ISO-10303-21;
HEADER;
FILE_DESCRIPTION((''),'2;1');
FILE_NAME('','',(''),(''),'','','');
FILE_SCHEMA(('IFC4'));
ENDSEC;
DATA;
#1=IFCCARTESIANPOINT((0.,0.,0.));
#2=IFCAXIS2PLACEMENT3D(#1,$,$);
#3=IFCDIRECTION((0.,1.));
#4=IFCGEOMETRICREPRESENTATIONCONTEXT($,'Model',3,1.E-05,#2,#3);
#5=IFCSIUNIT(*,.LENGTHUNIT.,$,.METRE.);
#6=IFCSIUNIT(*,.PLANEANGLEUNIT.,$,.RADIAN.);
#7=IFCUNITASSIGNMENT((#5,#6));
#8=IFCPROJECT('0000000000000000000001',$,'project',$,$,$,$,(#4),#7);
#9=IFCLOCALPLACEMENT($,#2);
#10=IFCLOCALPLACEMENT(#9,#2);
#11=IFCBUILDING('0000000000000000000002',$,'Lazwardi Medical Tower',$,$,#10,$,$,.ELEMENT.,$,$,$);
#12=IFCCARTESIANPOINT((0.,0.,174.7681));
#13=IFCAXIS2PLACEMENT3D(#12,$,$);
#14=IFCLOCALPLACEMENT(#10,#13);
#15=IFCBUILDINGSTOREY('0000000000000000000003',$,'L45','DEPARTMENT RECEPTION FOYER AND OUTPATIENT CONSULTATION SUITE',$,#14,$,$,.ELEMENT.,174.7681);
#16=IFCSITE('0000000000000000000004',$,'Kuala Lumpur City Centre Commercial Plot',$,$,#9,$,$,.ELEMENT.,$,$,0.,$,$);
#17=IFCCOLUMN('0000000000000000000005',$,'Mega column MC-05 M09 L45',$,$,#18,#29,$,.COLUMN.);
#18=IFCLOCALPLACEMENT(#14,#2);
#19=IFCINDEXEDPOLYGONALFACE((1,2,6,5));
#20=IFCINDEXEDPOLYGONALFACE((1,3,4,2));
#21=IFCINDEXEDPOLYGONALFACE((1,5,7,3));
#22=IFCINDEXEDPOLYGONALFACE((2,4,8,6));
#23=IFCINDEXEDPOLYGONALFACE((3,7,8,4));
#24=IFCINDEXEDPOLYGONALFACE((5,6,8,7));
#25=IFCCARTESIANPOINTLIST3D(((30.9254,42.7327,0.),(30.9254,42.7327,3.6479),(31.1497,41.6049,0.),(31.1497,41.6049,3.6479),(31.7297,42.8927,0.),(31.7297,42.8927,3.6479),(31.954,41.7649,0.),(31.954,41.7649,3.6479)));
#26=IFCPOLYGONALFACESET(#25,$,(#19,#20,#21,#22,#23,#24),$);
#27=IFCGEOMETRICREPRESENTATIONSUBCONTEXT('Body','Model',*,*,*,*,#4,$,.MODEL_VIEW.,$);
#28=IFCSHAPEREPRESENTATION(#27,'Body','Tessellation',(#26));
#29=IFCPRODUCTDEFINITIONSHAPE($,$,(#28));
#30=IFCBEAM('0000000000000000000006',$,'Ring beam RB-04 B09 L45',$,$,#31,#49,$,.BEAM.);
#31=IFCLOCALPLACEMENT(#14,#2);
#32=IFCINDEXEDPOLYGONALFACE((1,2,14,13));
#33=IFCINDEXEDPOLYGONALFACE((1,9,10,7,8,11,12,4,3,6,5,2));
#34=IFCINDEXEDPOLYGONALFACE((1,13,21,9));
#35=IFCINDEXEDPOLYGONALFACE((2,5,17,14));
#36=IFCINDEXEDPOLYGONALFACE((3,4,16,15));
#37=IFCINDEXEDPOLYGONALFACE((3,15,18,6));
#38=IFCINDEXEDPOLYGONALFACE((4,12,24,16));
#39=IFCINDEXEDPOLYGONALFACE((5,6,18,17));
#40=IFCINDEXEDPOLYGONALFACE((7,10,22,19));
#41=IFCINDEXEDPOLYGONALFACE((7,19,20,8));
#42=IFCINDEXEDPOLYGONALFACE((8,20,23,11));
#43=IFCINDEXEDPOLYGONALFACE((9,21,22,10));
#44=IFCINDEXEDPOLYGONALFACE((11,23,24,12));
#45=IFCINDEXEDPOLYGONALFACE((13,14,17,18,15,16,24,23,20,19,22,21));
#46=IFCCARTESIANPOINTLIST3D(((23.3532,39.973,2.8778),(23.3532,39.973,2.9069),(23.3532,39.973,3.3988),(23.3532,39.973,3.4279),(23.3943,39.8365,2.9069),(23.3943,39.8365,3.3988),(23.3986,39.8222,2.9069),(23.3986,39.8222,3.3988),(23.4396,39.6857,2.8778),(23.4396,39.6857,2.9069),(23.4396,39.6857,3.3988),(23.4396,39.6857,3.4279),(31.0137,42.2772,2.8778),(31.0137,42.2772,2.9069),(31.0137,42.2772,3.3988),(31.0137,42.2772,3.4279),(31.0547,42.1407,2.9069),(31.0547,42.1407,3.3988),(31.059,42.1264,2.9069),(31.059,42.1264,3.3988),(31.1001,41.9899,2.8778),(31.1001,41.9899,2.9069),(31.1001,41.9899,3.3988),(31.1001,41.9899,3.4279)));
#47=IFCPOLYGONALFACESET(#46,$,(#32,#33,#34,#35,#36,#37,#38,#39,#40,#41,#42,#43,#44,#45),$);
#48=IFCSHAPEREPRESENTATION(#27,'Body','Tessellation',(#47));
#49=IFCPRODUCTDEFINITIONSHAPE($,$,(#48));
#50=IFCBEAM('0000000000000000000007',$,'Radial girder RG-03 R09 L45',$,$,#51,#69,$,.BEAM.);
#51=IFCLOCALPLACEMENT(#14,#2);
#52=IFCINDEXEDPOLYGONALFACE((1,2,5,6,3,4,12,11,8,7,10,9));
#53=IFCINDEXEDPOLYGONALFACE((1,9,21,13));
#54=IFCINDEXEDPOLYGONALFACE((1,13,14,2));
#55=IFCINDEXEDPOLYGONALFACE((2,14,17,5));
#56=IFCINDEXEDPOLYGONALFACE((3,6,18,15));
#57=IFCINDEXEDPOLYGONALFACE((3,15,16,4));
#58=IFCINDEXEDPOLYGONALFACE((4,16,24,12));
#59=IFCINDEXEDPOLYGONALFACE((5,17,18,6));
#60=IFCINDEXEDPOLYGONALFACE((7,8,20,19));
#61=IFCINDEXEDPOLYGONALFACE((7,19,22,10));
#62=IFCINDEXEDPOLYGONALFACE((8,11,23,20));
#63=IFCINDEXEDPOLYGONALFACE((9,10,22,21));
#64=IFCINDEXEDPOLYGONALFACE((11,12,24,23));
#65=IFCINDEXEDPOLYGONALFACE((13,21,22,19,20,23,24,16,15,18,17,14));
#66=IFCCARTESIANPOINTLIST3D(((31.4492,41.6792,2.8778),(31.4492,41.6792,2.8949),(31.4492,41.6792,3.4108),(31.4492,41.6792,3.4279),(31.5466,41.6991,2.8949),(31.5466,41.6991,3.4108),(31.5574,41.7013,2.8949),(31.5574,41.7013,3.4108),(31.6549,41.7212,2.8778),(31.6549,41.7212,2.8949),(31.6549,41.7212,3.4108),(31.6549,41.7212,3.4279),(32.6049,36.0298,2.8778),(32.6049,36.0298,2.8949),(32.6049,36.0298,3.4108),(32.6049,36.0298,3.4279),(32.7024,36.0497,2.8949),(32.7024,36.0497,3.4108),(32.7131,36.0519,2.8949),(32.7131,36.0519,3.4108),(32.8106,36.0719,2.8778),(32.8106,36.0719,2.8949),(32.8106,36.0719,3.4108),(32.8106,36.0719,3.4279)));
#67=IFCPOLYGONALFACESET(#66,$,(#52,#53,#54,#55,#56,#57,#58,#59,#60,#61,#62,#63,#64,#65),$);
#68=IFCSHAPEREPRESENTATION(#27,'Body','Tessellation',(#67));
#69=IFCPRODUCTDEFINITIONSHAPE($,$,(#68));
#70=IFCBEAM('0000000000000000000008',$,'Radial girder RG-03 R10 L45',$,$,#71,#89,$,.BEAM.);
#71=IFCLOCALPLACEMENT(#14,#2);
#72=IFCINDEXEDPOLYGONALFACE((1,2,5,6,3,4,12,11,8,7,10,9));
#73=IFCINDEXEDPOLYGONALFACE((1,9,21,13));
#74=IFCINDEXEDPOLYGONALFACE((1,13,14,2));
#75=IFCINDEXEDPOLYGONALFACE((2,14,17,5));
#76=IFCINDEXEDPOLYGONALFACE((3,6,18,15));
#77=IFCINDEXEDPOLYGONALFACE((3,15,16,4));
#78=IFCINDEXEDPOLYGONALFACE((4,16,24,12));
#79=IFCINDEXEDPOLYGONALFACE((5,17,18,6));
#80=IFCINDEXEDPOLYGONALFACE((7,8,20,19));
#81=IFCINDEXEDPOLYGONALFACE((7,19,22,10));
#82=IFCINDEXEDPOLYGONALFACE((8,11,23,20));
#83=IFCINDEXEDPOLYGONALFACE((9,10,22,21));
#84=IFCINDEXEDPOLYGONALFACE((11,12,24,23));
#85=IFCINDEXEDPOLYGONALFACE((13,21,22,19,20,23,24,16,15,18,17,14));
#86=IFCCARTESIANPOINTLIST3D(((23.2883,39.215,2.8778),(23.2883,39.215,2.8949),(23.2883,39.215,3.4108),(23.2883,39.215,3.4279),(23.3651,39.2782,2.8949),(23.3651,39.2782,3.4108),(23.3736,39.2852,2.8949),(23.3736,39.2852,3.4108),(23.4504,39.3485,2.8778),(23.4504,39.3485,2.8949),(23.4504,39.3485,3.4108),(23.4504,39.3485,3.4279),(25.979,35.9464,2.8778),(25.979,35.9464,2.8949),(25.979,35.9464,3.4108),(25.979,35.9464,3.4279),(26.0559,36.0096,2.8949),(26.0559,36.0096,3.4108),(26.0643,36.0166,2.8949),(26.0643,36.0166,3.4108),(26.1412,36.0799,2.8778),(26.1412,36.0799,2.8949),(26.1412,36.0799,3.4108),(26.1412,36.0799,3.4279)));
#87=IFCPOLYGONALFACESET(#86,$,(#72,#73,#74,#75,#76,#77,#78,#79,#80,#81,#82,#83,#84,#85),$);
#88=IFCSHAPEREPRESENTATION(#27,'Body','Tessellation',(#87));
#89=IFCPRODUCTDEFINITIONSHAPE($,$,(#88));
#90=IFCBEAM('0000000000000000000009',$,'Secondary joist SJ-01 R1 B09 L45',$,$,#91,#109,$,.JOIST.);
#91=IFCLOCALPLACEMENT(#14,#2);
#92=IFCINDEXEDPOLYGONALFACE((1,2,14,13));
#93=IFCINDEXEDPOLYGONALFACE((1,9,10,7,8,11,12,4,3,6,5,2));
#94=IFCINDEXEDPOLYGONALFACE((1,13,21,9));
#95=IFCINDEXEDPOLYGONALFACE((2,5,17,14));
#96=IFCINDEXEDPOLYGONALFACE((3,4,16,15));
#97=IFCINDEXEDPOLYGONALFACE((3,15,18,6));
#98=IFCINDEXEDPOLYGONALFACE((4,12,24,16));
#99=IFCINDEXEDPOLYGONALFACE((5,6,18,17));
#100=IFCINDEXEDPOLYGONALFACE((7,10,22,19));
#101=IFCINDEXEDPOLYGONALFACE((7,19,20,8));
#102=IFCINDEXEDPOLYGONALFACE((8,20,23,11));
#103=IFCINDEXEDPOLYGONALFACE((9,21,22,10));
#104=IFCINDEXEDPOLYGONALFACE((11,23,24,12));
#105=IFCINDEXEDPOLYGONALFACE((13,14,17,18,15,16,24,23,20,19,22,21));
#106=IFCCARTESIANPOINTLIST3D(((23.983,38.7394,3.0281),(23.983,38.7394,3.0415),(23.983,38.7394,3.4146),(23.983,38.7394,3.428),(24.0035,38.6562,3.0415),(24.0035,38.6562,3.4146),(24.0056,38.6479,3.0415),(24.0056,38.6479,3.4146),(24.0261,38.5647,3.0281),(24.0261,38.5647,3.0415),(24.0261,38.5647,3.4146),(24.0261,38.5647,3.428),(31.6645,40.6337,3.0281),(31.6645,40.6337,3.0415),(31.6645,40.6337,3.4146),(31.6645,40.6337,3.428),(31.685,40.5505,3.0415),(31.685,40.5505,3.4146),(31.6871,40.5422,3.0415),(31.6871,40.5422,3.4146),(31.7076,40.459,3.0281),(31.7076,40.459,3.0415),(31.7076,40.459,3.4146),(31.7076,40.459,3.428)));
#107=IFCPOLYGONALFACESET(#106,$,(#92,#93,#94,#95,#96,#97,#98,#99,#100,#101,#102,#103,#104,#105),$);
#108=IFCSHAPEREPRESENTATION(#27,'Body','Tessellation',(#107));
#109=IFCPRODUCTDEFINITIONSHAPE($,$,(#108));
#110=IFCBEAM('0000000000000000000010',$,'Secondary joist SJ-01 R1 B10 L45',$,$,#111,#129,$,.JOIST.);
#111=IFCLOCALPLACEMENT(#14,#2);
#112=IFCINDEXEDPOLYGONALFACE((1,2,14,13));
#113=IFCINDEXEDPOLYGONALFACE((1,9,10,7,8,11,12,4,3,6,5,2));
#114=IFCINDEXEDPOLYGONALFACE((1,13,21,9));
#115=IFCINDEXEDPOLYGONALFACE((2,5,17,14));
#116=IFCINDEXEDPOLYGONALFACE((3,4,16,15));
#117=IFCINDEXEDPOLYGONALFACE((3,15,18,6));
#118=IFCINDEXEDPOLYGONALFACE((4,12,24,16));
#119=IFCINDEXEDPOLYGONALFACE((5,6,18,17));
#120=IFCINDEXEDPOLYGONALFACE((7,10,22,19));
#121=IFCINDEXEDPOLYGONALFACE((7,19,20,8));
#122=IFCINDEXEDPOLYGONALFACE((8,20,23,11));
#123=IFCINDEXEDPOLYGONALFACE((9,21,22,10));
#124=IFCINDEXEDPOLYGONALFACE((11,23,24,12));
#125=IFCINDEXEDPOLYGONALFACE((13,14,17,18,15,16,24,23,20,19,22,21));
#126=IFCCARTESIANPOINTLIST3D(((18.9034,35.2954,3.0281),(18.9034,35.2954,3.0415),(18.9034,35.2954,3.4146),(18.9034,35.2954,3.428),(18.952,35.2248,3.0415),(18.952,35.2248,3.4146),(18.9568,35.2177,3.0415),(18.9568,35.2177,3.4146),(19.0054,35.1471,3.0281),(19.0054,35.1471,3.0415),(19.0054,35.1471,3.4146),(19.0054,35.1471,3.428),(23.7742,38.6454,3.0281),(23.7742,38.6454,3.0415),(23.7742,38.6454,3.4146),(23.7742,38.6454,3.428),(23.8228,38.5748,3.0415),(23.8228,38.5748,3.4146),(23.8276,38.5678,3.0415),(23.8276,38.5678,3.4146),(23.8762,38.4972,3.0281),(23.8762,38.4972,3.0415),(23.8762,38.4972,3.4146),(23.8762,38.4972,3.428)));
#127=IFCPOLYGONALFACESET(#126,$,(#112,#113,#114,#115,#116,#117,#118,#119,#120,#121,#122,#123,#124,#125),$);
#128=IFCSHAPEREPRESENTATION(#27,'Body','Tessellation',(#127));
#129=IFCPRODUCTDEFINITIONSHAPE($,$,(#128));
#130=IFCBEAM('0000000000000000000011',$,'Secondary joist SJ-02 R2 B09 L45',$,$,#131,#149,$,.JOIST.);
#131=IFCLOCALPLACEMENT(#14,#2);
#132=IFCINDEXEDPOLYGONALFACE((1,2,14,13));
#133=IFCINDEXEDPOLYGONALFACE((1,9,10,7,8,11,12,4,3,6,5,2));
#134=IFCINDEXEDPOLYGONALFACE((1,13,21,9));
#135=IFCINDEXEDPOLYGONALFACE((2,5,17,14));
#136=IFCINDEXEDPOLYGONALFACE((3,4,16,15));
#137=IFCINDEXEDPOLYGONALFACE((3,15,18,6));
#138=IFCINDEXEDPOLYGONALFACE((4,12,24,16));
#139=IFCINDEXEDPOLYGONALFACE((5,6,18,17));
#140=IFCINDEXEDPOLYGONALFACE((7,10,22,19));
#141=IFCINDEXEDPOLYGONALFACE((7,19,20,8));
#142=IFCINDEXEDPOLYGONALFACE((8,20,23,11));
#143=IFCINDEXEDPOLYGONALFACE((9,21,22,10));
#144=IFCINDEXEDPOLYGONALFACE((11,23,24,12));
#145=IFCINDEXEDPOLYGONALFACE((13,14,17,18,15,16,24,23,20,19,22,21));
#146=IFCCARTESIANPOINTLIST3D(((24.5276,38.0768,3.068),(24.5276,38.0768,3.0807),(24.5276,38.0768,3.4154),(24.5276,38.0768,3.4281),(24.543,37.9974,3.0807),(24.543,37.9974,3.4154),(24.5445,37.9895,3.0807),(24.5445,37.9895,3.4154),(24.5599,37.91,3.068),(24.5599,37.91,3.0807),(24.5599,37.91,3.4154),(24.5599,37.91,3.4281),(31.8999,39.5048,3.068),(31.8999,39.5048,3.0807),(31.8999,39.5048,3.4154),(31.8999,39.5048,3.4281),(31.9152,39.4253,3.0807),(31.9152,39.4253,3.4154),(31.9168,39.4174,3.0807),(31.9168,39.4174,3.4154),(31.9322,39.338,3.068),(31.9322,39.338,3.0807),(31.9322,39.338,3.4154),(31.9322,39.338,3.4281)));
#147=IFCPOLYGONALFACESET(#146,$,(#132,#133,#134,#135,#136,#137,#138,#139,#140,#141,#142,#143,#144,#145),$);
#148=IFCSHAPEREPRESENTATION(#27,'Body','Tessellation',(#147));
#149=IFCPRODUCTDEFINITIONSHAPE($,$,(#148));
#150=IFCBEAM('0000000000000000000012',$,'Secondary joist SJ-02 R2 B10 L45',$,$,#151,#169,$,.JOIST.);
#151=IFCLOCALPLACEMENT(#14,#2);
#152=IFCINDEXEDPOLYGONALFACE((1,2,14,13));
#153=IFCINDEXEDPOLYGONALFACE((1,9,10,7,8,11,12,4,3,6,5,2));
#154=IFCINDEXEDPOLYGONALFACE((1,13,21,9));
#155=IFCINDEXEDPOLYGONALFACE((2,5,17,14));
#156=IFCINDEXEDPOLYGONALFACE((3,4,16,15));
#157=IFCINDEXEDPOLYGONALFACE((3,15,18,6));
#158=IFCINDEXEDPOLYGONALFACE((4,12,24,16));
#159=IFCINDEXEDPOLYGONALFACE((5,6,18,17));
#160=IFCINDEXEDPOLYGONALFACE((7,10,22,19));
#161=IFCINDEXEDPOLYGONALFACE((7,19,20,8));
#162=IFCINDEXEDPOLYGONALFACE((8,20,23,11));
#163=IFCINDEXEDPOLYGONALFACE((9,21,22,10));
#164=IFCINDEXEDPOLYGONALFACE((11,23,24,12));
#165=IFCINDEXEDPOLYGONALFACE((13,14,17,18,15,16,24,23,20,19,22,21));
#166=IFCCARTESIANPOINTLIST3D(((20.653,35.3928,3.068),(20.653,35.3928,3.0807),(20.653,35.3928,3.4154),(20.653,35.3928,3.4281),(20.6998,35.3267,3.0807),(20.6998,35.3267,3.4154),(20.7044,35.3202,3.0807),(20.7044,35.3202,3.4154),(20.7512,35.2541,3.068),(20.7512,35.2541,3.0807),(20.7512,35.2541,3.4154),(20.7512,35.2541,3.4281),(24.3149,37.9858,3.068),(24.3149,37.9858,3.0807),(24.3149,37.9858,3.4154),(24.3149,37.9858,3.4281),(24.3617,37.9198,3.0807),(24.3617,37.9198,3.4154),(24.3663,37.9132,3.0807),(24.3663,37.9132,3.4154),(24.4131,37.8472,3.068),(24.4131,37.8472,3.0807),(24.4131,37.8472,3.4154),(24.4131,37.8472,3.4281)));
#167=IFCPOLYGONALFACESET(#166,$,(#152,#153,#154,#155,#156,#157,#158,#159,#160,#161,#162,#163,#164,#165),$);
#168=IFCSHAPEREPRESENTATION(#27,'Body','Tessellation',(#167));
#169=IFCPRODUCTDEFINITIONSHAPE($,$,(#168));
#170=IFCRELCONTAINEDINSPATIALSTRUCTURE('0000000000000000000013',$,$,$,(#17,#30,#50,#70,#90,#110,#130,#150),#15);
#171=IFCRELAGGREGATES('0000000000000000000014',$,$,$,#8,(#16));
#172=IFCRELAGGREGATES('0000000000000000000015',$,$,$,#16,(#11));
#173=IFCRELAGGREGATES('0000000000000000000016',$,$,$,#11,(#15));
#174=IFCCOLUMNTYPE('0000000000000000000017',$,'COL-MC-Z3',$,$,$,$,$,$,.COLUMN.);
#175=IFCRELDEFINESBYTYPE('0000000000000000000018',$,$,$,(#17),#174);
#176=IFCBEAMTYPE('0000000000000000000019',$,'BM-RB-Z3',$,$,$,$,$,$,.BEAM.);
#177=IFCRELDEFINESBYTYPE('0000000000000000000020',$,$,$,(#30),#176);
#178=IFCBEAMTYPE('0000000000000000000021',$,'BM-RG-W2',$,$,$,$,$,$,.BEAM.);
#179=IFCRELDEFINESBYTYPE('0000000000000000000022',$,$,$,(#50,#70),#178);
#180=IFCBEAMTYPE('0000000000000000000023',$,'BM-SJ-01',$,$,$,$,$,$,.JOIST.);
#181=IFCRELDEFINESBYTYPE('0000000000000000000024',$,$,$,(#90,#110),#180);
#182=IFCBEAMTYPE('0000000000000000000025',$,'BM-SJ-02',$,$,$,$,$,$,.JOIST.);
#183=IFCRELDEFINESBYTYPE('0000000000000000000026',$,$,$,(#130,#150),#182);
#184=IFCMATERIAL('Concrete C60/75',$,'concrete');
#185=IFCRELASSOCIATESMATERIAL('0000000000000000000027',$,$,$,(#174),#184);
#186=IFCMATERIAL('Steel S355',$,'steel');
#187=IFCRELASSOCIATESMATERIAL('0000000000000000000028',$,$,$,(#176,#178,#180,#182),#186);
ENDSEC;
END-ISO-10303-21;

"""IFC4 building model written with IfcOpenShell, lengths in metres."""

from ifc_helpers import new_model, si_unit, direction, frame, origin, origin_2d, place, context, subcontext, project, spatial, rectangle, i_section, extrude, material, material_profile, profile_set, type_object, element, save


model = new_model("IFC4")

# Units and contexts
model_context = context("Model", 3, precision=1e-05, world=origin(), true_north=direction((0.0, 1.0)))
body_context = subcontext(model_context, "Body", "Model", "MODEL_VIEW")
ifc_project = project(units=[si_unit("LENGTHUNIT", "METRE"), si_unit("PLANEANGLEUNIT", "RADIAN")], contexts=[model_context])

# Site, building, storey
site_placement = place(None, origin())
site = spatial("IfcSite", under=ifc_project, at=site_placement, Name="Kuala Lumpur City Centre Commercial Plot", CompositionType="ELEMENT", RefElevation=0.0)
building_placement = place(site_placement, origin())
building = spatial("IfcBuilding", under=site, at=building_placement, Name="Lazwardi Medical Tower", CompositionType="ELEMENT")
storey_placement = place(building_placement, frame((0.0, 0.0, 174.7681)))
storey = spatial("IfcBuildingStorey", under=building, at=storey_placement, Name="L45", Description="DEPARTMENT RECEPTION FOYER AND OUTPATIENT CONSULTATION SUITE", CompositionType="ELEMENT", Elevation=174.7681)

# Column
ifc_material_1 = material(Name="Concrete C60/75", Category="concrete")
ifc_material_profile_1 = material_profile(ifc_material_1, rectangle(XDim=1.1499, YDim=0.8201, at=origin_2d()), Name="CFT-RECT 1150x820")
ifc_profile_set_1 = profile_set([ifc_material_profile_1], Name="Concrete C60/75")
column_type = type_object("IfcColumnType", Name="COL-MC-Z3", PredefinedType="COLUMN", material=ifc_profile_set_1)
column_placement = place(storey_placement, frame((31.4397, 42.2488, 0.0), z_axis=(0.0, 0.0, 1.0), x_axis=(-0.19509, 0.980785, 0.0)))
element("IfcColumn", 1, at=column_placement, inside=storey, type_object=column_type, Name="Mega column MC-05 M09 L45", PredefinedType="COLUMN", context=body_context, shape_type="SweptSolid", body=[
    extrude(rectangle(XDim=1.1499, YDim=0.8201, at=origin_2d()), origin(), (0.0, 0.0, 1.0), 3.6479),
])

# Beams
ifc_material_2 = material(Name="Steel S355", Category="steel")
ifc_material_profile_2 = material_profile(ifc_material_2, i_section(OverallWidth=0.3, OverallDepth=0.55, WebThickness=0.0149, FlangeThickness=0.0291, at=origin_2d()), Name="HEB 550")
ifc_profile_set_2 = profile_set([ifc_material_profile_2], Name="Steel S355")
beam_type_1 = type_object("IfcBeamType", Name="BM-RB-Z3", PredefinedType="BEAM", material=ifc_profile_set_2)
beam_1_placement = place(storey_placement, frame((31.0569, 42.1335, 3.1528), z_axis=(-0.957617, -0.288045, 0.0), x_axis=(0.288045, -0.957617, 0.0)))
element("IfcBeam", 2, at=beam_1_placement, inside=storey, type_object=beam_type_1, Name="Ring beam RB-04 B09 L45", PredefinedType="BEAM", context=body_context, shape_type="SweptSolid", body=[
    extrude(i_section(OverallWidth=0.3, OverallDepth=0.55, WebThickness=0.0149, FlangeThickness=0.0291, at=origin_2d()), origin(), (0.0, 0.0, 1.0), 7.9995),
])
ifc_material_profile_3 = material_profile(ifc_material_2, i_section(OverallWidth=0.21, OverallDepth=0.55, WebThickness=0.011, FlangeThickness=0.0171, at=origin_2d()), Name="IPE 550")
ifc_profile_set_3 = profile_set([ifc_material_profile_3], Name="Steel S355")
beam_type_2 = type_object("IfcBeamType", Name="BM-RG-W2", PredefinedType="BEAM", material=ifc_profile_set_3)
beam_2_placement = place(storey_placement, frame((31.552, 41.7002, 3.1528), z_axis=(0.200429, -0.979708, 0.0), x_axis=(0.979708, 0.200429, 0.0)))
element("IfcBeam", 3, at=beam_2_placement, inside=storey, type_object=beam_type_2, Name="Radial girder RG-03 R09 L45", PredefinedType="BEAM", context=body_context, shape_type="SweptSolid", body=[
    extrude(i_section(OverallWidth=0.21, OverallDepth=0.55, WebThickness=0.011, FlangeThickness=0.0171, at=origin_2d()), origin(), (0.0, 0.0, 1.0), 5.7664),
])
beam_3_placement = place(storey_placement, frame((23.3694, 39.2817, 3.1528), z_axis=(0.635556, -0.772055, 0.0), x_axis=(0.772055, 0.635556, 0.0)))
element("IfcBeam", 4, at=beam_3_placement, inside=storey, type_object=beam_type_2, Name="Radial girder RG-03 R10 L45", PredefinedType="BEAM", context=body_context, shape_type="SweptSolid", body=[
    extrude(i_section(OverallWidth=0.21, OverallDepth=0.55, WebThickness=0.011, FlangeThickness=0.0171, at=origin_2d()), origin(), (0.0, 0.0, 1.0), 4.2336),
])
ifc_material_profile_4 = material_profile(ifc_material_2, i_section(OverallWidth=0.1799, OverallDepth=0.3999, WebThickness=0.0085, FlangeThickness=0.0134, at=origin_2d()), Name="IPE 400")
ifc_profile_set_4 = profile_set([ifc_material_profile_4], Name="Steel S355")
beam_type_3 = type_object("IfcBeamType", Name="BM-SJ-01", PredefinedType="JOIST", material=ifc_profile_set_4)
beam_4_placement = place(storey_placement, frame((31.686, 40.5464, 3.228), z_axis=(-0.970913, -0.239434, 0.0), x_axis=(0.239434, -0.970913, 0.0)))
element("IfcBeam", 5, at=beam_4_placement, inside=storey, type_object=beam_type_3, Name="Secondary joist SJ-01 R1 B09 L45", PredefinedType="JOIST", context=body_context, shape_type="SweptSolid", body=[
    extrude(i_section(OverallWidth=0.1799, OverallDepth=0.3999, WebThickness=0.0085, FlangeThickness=0.0134, at=origin_2d()), origin(), (0.0, 0.0, 1.0), 7.9116),
])
beam_5_placement = place(storey_placement, frame((23.8252, 38.5713, 3.228), z_axis=(-0.823932, -0.566688, 0.0), x_axis=(0.566688, -0.823932, 0.0)))
element("IfcBeam", 6, at=beam_5_placement, inside=storey, type_object=beam_type_3, Name="Secondary joist SJ-01 R1 B10 L45", PredefinedType="JOIST", context=body_context, shape_type="SweptSolid", body=[
    extrude(i_section(OverallWidth=0.1799, OverallDepth=0.3999, WebThickness=0.0085, FlangeThickness=0.0134, at=origin_2d()), origin(), (0.0, 0.0, 1.0), 5.9116),
])
ifc_material_profile_5 = material_profile(ifc_material_2, i_section(OverallWidth=0.1699, OverallDepth=0.3601, WebThickness=0.0081, FlangeThickness=0.0127, at=origin_2d()), Name="IPE 360")
ifc_profile_set_5 = profile_set([ifc_material_profile_5], Name="Steel S355")
beam_type_4 = type_object("IfcBeamType", Name="BM-SJ-02", PredefinedType="JOIST", material=ifc_profile_set_5)
beam_6_placement = place(storey_placement, frame((31.916, 39.4214, 3.248), z_axis=(-0.981753, -0.19016, 0.0), x_axis=(0.19016, -0.981753, 0.0)))
element("IfcBeam", 7, at=beam_6_placement, inside=storey, type_object=beam_type_4, Name="Secondary joist SJ-02 R2 B09 L45", PredefinedType="JOIST", context=body_context, shape_type="SweptSolid", body=[
    extrude(i_section(OverallWidth=0.1699, OverallDepth=0.3601, WebThickness=0.0081, FlangeThickness=0.0127, at=origin_2d()), origin(), (0.0, 0.0, 1.0), 7.5093),
])
beam_7_placement = place(storey_placement, frame((24.364, 37.9165, 3.248), z_axis=(-0.816109, -0.577898, 0.0), x_axis=(0.577898, -0.816109, 0.0)))
element("IfcBeam", 8, at=beam_7_placement, inside=storey, type_object=beam_type_4, Name="Secondary joist SJ-02 R2 B10 L45", PredefinedType="JOIST", context=body_context, shape_type="SweptSolid", body=[
    extrude(i_section(OverallWidth=0.1699, OverallDepth=0.3601, WebThickness=0.0081, FlangeThickness=0.0127, at=origin_2d()), origin(), (0.0, 0.0, 1.0), 4.4871),
])

save(model, "model.ifc")
